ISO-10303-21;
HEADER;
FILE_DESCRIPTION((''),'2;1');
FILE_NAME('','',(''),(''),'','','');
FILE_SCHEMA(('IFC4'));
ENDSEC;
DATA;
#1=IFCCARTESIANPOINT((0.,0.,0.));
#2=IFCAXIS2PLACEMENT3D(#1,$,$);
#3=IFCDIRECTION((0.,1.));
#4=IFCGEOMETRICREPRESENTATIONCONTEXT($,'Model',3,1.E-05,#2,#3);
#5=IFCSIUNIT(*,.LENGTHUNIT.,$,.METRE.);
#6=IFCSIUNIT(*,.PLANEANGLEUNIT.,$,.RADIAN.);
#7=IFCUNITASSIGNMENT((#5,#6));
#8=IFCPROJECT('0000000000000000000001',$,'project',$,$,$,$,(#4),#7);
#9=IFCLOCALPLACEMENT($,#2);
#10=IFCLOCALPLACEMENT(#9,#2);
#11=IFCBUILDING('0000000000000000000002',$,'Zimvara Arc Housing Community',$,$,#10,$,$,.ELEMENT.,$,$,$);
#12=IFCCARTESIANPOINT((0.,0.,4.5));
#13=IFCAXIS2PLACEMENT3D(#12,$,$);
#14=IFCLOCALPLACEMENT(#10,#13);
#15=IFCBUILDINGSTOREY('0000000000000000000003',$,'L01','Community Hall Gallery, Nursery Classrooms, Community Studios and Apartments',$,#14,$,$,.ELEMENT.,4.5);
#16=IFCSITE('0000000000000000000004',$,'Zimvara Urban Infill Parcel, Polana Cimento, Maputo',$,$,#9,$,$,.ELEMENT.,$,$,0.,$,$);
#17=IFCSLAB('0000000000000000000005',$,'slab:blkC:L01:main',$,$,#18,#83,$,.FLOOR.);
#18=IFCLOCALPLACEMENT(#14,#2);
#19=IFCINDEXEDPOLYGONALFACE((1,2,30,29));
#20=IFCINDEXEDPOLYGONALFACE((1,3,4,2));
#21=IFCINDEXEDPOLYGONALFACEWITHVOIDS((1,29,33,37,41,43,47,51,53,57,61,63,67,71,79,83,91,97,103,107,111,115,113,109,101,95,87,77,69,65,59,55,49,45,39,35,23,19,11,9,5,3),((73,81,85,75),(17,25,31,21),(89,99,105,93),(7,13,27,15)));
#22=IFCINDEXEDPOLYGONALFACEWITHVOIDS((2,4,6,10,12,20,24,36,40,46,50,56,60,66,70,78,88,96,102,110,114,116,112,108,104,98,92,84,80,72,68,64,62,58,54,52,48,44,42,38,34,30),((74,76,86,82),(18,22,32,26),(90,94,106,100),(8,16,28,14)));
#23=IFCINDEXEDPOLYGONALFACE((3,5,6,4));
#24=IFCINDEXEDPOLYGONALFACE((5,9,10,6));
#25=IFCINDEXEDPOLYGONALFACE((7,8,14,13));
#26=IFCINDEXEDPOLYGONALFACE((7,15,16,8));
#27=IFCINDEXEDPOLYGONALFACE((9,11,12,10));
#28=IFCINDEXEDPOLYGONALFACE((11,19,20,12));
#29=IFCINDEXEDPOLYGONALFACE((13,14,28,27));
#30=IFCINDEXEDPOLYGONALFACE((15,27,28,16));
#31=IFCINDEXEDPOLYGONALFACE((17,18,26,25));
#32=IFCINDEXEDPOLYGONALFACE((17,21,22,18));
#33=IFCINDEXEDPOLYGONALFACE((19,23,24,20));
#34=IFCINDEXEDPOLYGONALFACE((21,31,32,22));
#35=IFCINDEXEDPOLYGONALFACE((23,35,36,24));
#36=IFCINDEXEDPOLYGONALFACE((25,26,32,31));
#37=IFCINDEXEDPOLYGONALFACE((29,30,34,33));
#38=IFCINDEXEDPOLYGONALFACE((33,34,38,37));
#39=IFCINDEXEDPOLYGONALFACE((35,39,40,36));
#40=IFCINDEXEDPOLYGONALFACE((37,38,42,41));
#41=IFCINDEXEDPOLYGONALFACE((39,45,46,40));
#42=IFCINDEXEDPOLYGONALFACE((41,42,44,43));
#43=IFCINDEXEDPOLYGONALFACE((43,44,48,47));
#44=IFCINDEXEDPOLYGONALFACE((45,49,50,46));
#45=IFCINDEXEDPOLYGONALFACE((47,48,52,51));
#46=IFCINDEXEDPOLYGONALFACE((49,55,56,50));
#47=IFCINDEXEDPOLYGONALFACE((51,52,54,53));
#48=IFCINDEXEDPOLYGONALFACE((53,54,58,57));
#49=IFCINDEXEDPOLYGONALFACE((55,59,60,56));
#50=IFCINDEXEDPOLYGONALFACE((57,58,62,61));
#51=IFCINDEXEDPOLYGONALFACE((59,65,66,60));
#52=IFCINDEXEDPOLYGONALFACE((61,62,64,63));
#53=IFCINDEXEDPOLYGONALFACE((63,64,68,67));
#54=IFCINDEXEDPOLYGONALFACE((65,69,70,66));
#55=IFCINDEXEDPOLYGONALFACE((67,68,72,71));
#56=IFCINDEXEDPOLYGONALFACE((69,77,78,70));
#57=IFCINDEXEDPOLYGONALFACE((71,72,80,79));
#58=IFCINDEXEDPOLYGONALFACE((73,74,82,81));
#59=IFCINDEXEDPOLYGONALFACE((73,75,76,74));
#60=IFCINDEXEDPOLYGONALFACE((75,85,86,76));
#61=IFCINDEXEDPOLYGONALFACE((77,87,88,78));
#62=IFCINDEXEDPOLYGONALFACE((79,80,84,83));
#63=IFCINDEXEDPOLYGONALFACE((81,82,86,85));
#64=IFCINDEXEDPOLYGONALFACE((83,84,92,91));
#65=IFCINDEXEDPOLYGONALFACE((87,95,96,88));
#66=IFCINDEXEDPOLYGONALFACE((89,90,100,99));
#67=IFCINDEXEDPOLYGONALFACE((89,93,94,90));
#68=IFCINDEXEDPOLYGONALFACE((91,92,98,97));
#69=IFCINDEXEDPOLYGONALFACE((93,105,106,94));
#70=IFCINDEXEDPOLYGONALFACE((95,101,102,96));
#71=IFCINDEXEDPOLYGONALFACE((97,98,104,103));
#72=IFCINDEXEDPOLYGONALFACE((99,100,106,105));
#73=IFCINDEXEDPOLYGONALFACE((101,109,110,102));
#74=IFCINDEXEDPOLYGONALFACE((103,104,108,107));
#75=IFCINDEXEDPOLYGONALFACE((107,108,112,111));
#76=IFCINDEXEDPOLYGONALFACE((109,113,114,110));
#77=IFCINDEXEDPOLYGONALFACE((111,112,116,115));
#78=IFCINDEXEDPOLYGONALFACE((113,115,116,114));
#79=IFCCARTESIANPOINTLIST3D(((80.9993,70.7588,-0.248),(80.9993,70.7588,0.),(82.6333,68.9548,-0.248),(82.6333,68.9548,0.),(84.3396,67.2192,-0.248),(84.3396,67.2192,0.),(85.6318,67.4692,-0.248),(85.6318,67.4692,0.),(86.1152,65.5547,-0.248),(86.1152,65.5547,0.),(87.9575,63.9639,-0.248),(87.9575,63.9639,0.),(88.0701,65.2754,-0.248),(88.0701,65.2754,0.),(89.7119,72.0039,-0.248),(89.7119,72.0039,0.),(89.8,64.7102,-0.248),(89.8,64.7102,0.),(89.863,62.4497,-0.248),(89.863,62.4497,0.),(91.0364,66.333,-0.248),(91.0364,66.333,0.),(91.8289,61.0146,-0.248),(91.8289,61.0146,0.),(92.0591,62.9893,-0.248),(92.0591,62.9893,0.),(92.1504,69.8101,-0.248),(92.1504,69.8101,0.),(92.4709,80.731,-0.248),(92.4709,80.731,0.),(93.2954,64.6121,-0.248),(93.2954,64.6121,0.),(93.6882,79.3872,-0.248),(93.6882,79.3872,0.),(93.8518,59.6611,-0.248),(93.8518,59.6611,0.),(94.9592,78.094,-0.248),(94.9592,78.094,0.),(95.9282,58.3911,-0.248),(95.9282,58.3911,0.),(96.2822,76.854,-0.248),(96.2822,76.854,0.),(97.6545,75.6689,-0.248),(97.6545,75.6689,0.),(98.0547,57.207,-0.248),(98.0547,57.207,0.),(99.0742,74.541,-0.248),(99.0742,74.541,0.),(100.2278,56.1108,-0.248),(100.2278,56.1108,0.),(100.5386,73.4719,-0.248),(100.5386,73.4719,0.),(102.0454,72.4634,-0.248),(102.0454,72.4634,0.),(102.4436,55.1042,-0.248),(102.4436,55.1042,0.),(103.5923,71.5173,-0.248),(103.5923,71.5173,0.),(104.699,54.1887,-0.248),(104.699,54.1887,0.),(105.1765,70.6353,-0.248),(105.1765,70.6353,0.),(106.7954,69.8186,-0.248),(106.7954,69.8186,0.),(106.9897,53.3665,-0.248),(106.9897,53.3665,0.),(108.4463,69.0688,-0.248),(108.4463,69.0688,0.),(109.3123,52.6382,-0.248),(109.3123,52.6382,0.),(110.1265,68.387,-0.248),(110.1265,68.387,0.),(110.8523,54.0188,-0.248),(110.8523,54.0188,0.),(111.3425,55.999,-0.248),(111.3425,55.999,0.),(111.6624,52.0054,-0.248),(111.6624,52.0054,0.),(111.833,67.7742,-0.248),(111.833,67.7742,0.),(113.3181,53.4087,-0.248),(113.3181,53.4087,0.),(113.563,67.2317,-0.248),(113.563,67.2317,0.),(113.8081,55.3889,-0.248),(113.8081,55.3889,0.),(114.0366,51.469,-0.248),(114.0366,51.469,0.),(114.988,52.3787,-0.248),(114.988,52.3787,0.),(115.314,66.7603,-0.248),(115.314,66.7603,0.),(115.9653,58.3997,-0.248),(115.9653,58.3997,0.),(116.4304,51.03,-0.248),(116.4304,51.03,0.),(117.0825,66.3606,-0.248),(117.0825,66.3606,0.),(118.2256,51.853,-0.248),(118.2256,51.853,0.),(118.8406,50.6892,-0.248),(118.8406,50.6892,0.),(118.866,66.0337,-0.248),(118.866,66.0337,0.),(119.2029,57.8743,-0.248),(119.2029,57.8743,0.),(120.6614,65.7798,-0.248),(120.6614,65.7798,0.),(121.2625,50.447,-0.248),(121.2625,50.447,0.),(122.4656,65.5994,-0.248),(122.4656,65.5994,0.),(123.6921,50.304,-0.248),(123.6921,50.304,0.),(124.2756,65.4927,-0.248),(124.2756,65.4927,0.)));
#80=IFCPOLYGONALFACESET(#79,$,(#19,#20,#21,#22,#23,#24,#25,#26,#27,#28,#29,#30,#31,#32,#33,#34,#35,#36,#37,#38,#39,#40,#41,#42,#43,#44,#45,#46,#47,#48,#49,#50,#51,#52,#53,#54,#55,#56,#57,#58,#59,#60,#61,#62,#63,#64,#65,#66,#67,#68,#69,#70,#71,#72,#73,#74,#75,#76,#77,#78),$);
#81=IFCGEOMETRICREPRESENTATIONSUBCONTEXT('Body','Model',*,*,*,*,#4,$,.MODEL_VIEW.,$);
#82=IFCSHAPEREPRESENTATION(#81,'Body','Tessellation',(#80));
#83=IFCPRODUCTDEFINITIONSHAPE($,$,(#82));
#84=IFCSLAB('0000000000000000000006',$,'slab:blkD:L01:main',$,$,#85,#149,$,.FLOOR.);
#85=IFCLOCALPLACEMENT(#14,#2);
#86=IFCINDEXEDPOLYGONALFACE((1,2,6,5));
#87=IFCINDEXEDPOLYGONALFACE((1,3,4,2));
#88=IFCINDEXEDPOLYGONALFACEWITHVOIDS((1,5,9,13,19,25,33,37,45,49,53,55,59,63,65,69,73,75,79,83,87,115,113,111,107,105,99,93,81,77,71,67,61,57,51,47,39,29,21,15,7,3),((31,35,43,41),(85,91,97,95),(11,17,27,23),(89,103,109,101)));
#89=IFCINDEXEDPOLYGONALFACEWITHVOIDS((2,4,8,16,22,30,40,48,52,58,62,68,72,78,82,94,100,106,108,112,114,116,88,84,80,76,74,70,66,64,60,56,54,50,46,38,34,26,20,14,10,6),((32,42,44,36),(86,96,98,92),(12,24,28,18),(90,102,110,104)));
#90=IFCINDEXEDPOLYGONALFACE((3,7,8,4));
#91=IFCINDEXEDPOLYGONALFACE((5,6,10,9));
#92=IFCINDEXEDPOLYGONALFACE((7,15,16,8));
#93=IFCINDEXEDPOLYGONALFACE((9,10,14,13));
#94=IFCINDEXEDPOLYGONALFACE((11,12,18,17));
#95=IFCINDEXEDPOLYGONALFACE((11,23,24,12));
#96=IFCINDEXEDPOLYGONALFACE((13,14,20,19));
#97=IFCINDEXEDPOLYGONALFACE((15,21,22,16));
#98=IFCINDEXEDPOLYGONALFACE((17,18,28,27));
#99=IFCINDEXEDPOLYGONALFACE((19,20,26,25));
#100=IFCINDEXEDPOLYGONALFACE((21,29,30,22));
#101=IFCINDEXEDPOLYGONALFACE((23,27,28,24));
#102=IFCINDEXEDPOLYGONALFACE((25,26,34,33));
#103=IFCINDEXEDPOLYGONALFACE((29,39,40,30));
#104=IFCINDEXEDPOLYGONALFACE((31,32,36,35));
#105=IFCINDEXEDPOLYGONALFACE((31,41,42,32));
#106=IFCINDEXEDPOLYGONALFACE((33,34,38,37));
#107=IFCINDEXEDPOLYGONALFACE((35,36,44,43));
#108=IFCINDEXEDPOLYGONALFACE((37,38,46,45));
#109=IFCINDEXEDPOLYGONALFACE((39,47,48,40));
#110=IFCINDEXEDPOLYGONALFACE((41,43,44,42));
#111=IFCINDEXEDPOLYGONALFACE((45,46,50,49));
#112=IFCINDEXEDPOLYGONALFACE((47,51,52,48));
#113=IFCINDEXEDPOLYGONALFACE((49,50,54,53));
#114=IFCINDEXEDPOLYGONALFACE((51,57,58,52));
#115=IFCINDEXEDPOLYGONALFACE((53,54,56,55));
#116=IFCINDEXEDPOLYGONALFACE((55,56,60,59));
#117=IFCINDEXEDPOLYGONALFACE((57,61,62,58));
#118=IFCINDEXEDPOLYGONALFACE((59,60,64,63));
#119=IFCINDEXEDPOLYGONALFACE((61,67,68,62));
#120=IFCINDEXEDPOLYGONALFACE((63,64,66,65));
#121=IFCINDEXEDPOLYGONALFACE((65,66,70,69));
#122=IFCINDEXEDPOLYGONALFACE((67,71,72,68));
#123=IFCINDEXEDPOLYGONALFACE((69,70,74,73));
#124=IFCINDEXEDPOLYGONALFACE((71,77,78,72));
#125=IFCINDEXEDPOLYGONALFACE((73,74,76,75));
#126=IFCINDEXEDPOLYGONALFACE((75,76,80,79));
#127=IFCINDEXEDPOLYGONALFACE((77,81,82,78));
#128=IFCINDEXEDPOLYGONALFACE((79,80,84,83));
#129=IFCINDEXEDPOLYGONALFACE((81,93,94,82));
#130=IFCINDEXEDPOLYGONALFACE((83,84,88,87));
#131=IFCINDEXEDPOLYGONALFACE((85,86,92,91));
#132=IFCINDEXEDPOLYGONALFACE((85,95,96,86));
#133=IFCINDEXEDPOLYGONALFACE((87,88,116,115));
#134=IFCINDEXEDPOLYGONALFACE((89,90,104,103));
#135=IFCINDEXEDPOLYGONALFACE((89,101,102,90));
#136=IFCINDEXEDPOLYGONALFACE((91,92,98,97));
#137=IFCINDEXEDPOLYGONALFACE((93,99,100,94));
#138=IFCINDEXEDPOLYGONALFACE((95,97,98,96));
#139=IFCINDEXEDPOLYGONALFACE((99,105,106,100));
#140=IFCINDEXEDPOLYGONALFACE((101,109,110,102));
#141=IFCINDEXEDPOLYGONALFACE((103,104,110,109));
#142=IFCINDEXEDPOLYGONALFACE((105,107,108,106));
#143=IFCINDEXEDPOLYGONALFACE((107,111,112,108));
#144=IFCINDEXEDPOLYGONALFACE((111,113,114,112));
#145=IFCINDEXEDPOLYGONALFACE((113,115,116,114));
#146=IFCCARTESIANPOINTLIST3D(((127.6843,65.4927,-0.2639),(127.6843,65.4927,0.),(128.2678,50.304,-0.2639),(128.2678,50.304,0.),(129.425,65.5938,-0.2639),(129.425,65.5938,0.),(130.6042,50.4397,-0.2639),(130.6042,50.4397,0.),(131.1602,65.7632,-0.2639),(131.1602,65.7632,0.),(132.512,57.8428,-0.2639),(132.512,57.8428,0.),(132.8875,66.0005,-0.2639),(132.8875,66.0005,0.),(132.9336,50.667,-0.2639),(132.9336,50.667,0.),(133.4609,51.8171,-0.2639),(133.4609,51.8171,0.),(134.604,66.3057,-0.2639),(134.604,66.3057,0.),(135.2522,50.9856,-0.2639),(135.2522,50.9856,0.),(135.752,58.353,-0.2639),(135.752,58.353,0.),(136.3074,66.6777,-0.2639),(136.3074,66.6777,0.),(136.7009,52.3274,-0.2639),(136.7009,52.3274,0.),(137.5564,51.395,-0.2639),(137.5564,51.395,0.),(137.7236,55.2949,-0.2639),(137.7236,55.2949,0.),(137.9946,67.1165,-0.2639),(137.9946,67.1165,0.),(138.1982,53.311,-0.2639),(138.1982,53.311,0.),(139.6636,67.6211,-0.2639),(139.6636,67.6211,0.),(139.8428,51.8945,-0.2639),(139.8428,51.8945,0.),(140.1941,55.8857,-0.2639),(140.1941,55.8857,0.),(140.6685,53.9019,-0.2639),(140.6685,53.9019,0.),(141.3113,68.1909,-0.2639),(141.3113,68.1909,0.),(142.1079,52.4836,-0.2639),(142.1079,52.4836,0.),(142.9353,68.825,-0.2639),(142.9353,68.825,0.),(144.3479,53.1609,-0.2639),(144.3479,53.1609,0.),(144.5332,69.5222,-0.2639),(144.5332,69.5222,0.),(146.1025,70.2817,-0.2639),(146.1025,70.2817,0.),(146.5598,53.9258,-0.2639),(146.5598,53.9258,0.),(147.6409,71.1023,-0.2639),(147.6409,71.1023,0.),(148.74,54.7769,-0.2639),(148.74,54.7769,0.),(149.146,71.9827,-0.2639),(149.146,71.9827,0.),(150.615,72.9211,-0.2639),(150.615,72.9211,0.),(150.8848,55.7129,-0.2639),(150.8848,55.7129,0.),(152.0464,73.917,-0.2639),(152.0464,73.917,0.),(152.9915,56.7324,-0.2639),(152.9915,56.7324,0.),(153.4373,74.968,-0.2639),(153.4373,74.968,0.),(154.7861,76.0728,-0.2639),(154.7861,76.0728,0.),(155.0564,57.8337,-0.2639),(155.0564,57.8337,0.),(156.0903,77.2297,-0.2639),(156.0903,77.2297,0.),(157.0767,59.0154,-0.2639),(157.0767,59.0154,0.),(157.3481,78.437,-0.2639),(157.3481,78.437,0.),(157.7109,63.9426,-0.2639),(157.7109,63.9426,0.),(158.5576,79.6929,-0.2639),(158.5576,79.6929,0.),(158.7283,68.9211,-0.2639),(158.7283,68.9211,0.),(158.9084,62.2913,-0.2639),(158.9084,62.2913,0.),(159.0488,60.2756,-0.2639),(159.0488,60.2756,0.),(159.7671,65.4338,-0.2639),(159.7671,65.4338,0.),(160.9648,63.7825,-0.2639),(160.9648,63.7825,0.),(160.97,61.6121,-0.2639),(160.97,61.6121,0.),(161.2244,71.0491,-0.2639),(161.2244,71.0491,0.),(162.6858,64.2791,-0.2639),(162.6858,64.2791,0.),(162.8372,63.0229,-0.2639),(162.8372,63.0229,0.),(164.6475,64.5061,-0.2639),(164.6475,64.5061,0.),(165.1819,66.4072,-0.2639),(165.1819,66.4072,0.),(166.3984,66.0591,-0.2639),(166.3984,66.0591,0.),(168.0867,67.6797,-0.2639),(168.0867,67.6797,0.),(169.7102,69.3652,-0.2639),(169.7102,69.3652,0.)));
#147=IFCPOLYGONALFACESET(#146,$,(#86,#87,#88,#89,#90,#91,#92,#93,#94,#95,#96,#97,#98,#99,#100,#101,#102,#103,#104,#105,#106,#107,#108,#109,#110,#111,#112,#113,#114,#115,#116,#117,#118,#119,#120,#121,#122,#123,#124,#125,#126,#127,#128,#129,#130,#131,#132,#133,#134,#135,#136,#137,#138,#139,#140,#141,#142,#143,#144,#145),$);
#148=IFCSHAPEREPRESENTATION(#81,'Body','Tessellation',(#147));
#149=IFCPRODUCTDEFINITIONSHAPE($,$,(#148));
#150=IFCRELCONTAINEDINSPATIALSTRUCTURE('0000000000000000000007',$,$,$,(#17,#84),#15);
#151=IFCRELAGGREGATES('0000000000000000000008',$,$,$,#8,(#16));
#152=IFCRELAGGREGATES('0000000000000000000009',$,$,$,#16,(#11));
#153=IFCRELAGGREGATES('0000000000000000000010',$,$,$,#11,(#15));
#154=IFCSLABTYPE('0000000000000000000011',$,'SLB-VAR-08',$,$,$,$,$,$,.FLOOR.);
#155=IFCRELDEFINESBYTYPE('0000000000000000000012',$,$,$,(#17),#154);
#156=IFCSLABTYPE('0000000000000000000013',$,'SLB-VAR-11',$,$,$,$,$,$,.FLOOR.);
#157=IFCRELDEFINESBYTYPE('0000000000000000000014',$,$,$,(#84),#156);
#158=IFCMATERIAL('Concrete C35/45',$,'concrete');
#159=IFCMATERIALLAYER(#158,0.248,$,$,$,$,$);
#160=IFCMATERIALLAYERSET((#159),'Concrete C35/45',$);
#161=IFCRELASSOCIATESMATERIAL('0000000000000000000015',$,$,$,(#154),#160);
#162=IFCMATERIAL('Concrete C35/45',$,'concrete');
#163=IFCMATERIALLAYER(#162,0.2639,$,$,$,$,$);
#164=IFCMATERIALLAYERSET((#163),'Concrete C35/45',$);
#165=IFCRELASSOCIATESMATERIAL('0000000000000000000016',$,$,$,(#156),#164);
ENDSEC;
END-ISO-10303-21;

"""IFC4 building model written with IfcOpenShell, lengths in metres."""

from ifc_helpers import new_model, si_unit, direction, frame, origin, place, context, subcontext, project, spatial, polyline, outline, extrude, material, layer, layer_set, type_object, element, save


model = new_model("IFC4")

# Units and contexts
model_context = context("Model", 3, precision=1e-05, world=origin(), true_north=direction((0.0, 1.0)))
body_context = subcontext(model_context, "Body", "Model", "MODEL_VIEW")
ifc_project = project(units=[si_unit("LENGTHUNIT", "METRE"), si_unit("PLANEANGLEUNIT", "RADIAN")], contexts=[model_context])

# Site, building, storey
site_placement = place(None, origin())
site = spatial("IfcSite", under=ifc_project, at=site_placement, Name="Zimvara Urban Infill Parcel, Polana Cimento, Maputo", CompositionType="ELEMENT", RefElevation=0.0)
building_placement = place(site_placement, origin())
building = spatial("IfcBuilding", under=site, at=building_placement, Name="Zimvara Arc Housing Community", CompositionType="ELEMENT")
storey_placement = place(building_placement, frame((0.0, 0.0, 4.5)))
storey = spatial("IfcBuildingStorey", under=building, at=storey_placement, Name="L01", Description="Community Hall Gallery, Nursery Classrooms, Community Studios and Apartments", CompositionType="ELEMENT", Elevation=4.5)

# Slabs
ifc_material_1 = material(Name="Concrete C35/45", Category="concrete")
ifc_layer_1 = layer(ifc_material_1, 0.248)
ifc_layer_set_1 = layer_set([ifc_layer_1], Name="Concrete C35/45")
slab_type_1 = type_object("IfcSlabType", Name="SLB-VAR-08", PredefinedType="FLOOR", material=ifc_layer_set_1)
slab_1_placement = place(storey_placement, frame((0.0, 0.0, -0.248)))
element("IfcSlab", 1, at=slab_1_placement, inside=storey, type_object=slab_type_1, Name="slab:blkC:L01:main", PredefinedType="FLOOR", context=body_context, shape_type="SweptSolid", body=[
    extrude(outline(polyline([(80.9993, 70.7588), (82.6333, 68.9548), (84.3396, 67.2192), (86.1152, 65.5547), (87.9575, 63.9639), (89.863, 62.4497), (91.8289, 61.0146), (93.8518, 59.6611), (95.9282, 58.3911), (98.0547, 57.207), (100.2278, 56.1108), (102.4436, 55.1042), (104.699, 54.1887), (106.9897, 53.3665), (109.3123, 52.6382), (111.6624, 52.0054), (114.0366, 51.469), (116.4304, 51.03), (118.8406, 50.6892), (121.2625, 50.447), (123.6921, 50.304), (124.2756, 65.4927), (122.4656, 65.5994), (120.6614, 65.7798), (118.866, 66.0337), (117.0825, 66.3606), (115.314, 66.7603), (113.563, 67.2317), (111.833, 67.7742), (110.1265, 68.387), (108.4463, 69.0688), (106.7954, 69.8186), (105.1765, 70.6353), (103.5923, 71.5173), (102.0454, 72.4634), (100.5386, 73.4719), (99.0742, 74.541), (97.6545, 75.6689), (96.2822, 76.854), (94.9592, 78.094), (93.6882, 79.3872), (92.4709, 80.731), (80.9993, 70.7588)]), holes=[polyline([(92.1504, 69.8101), (88.0701, 65.2754), (85.6318, 67.4692), (89.7119, 72.0039), (92.1504, 69.8101)]), polyline([(119.2029, 57.8743), (118.2256, 51.853), (114.988, 52.3787), (115.9653, 58.3997), (119.2029, 57.8743)]), polyline([(93.2954, 64.6121), (92.0591, 62.9893), (89.8, 64.7102), (91.0364, 66.333), (93.2954, 64.6121)]), polyline([(113.8081, 55.3889), (113.3181, 53.4087), (110.8523, 54.0188), (111.3425, 55.999), (113.8081, 55.3889)])]), origin(), (0.0, 0.0, 1.0), 0.248),
])
ifc_material_2 = material(Name="Concrete C35/45", Category="concrete")
ifc_layer_2 = layer(ifc_material_2, 0.2639)
ifc_layer_set_2 = layer_set([ifc_layer_2], Name="Concrete C35/45")
slab_type_2 = type_object("IfcSlabType", Name="SLB-VAR-11", PredefinedType="FLOOR", material=ifc_layer_set_2)
slab_2_placement = place(storey_placement, frame((0.0, 0.0, -0.2639)))
element("IfcSlab", 2, at=slab_2_placement, inside=storey, type_object=slab_type_2, Name="slab:blkD:L01:main", PredefinedType="FLOOR", context=body_context, shape_type="SweptSolid", body=[
    extrude(outline(polyline([(128.2678, 50.304), (130.6042, 50.4397), (132.9336, 50.667), (135.2522, 50.9856), (137.5564, 51.395), (139.8428, 51.8945), (142.1079, 52.4836), (144.3479, 53.1609), (146.5598, 53.9258), (148.74, 54.7769), (150.8848, 55.7129), (152.9915, 56.7324), (155.0564, 57.8337), (157.0767, 59.0154), (159.0488, 60.2756), (160.97, 61.6121), (162.8372, 63.0229), (164.6475, 64.5061), (166.3984, 66.0591), (168.0867, 67.6797), (169.7102, 69.3652), (158.5576, 79.6929), (157.3481, 78.437), (156.0903, 77.2297), (154.7861, 76.0728), (153.4373, 74.968), (152.0464, 73.917), (150.615, 72.9211), (149.146, 71.9827), (147.6409, 71.1023), (146.1025, 70.2817), (144.5332, 69.5222), (142.9353, 68.825), (141.3113, 68.1909), (139.6636, 67.6211), (137.9946, 67.1165), (136.3074, 66.6777), (134.604, 66.3057), (132.8875, 66.0005), (131.1602, 65.7632), (129.425, 65.5938), (127.6843, 65.4927), (128.2678, 50.304)]), holes=[polyline([(135.752, 58.353), (136.7009, 52.3274), (133.4609, 51.8171), (132.512, 57.8428), (135.752, 58.353)]), polyline([(161.2244, 71.0491), (165.1819, 66.4072), (162.6858, 64.2791), (158.7283, 68.9211), (161.2244, 71.0491)]), polyline([(140.1941, 55.8857), (140.6685, 53.9019), (138.1982, 53.311), (137.7236, 55.2949), (140.1941, 55.8857)]), polyline([(159.7671, 65.4338), (160.9648, 63.7825), (158.9084, 62.2913), (157.7109, 63.9426), (159.7671, 65.4338)])]), origin(), (0.0, 0.0, 1.0), 0.2639),
])

save(model, "model.ifc")
